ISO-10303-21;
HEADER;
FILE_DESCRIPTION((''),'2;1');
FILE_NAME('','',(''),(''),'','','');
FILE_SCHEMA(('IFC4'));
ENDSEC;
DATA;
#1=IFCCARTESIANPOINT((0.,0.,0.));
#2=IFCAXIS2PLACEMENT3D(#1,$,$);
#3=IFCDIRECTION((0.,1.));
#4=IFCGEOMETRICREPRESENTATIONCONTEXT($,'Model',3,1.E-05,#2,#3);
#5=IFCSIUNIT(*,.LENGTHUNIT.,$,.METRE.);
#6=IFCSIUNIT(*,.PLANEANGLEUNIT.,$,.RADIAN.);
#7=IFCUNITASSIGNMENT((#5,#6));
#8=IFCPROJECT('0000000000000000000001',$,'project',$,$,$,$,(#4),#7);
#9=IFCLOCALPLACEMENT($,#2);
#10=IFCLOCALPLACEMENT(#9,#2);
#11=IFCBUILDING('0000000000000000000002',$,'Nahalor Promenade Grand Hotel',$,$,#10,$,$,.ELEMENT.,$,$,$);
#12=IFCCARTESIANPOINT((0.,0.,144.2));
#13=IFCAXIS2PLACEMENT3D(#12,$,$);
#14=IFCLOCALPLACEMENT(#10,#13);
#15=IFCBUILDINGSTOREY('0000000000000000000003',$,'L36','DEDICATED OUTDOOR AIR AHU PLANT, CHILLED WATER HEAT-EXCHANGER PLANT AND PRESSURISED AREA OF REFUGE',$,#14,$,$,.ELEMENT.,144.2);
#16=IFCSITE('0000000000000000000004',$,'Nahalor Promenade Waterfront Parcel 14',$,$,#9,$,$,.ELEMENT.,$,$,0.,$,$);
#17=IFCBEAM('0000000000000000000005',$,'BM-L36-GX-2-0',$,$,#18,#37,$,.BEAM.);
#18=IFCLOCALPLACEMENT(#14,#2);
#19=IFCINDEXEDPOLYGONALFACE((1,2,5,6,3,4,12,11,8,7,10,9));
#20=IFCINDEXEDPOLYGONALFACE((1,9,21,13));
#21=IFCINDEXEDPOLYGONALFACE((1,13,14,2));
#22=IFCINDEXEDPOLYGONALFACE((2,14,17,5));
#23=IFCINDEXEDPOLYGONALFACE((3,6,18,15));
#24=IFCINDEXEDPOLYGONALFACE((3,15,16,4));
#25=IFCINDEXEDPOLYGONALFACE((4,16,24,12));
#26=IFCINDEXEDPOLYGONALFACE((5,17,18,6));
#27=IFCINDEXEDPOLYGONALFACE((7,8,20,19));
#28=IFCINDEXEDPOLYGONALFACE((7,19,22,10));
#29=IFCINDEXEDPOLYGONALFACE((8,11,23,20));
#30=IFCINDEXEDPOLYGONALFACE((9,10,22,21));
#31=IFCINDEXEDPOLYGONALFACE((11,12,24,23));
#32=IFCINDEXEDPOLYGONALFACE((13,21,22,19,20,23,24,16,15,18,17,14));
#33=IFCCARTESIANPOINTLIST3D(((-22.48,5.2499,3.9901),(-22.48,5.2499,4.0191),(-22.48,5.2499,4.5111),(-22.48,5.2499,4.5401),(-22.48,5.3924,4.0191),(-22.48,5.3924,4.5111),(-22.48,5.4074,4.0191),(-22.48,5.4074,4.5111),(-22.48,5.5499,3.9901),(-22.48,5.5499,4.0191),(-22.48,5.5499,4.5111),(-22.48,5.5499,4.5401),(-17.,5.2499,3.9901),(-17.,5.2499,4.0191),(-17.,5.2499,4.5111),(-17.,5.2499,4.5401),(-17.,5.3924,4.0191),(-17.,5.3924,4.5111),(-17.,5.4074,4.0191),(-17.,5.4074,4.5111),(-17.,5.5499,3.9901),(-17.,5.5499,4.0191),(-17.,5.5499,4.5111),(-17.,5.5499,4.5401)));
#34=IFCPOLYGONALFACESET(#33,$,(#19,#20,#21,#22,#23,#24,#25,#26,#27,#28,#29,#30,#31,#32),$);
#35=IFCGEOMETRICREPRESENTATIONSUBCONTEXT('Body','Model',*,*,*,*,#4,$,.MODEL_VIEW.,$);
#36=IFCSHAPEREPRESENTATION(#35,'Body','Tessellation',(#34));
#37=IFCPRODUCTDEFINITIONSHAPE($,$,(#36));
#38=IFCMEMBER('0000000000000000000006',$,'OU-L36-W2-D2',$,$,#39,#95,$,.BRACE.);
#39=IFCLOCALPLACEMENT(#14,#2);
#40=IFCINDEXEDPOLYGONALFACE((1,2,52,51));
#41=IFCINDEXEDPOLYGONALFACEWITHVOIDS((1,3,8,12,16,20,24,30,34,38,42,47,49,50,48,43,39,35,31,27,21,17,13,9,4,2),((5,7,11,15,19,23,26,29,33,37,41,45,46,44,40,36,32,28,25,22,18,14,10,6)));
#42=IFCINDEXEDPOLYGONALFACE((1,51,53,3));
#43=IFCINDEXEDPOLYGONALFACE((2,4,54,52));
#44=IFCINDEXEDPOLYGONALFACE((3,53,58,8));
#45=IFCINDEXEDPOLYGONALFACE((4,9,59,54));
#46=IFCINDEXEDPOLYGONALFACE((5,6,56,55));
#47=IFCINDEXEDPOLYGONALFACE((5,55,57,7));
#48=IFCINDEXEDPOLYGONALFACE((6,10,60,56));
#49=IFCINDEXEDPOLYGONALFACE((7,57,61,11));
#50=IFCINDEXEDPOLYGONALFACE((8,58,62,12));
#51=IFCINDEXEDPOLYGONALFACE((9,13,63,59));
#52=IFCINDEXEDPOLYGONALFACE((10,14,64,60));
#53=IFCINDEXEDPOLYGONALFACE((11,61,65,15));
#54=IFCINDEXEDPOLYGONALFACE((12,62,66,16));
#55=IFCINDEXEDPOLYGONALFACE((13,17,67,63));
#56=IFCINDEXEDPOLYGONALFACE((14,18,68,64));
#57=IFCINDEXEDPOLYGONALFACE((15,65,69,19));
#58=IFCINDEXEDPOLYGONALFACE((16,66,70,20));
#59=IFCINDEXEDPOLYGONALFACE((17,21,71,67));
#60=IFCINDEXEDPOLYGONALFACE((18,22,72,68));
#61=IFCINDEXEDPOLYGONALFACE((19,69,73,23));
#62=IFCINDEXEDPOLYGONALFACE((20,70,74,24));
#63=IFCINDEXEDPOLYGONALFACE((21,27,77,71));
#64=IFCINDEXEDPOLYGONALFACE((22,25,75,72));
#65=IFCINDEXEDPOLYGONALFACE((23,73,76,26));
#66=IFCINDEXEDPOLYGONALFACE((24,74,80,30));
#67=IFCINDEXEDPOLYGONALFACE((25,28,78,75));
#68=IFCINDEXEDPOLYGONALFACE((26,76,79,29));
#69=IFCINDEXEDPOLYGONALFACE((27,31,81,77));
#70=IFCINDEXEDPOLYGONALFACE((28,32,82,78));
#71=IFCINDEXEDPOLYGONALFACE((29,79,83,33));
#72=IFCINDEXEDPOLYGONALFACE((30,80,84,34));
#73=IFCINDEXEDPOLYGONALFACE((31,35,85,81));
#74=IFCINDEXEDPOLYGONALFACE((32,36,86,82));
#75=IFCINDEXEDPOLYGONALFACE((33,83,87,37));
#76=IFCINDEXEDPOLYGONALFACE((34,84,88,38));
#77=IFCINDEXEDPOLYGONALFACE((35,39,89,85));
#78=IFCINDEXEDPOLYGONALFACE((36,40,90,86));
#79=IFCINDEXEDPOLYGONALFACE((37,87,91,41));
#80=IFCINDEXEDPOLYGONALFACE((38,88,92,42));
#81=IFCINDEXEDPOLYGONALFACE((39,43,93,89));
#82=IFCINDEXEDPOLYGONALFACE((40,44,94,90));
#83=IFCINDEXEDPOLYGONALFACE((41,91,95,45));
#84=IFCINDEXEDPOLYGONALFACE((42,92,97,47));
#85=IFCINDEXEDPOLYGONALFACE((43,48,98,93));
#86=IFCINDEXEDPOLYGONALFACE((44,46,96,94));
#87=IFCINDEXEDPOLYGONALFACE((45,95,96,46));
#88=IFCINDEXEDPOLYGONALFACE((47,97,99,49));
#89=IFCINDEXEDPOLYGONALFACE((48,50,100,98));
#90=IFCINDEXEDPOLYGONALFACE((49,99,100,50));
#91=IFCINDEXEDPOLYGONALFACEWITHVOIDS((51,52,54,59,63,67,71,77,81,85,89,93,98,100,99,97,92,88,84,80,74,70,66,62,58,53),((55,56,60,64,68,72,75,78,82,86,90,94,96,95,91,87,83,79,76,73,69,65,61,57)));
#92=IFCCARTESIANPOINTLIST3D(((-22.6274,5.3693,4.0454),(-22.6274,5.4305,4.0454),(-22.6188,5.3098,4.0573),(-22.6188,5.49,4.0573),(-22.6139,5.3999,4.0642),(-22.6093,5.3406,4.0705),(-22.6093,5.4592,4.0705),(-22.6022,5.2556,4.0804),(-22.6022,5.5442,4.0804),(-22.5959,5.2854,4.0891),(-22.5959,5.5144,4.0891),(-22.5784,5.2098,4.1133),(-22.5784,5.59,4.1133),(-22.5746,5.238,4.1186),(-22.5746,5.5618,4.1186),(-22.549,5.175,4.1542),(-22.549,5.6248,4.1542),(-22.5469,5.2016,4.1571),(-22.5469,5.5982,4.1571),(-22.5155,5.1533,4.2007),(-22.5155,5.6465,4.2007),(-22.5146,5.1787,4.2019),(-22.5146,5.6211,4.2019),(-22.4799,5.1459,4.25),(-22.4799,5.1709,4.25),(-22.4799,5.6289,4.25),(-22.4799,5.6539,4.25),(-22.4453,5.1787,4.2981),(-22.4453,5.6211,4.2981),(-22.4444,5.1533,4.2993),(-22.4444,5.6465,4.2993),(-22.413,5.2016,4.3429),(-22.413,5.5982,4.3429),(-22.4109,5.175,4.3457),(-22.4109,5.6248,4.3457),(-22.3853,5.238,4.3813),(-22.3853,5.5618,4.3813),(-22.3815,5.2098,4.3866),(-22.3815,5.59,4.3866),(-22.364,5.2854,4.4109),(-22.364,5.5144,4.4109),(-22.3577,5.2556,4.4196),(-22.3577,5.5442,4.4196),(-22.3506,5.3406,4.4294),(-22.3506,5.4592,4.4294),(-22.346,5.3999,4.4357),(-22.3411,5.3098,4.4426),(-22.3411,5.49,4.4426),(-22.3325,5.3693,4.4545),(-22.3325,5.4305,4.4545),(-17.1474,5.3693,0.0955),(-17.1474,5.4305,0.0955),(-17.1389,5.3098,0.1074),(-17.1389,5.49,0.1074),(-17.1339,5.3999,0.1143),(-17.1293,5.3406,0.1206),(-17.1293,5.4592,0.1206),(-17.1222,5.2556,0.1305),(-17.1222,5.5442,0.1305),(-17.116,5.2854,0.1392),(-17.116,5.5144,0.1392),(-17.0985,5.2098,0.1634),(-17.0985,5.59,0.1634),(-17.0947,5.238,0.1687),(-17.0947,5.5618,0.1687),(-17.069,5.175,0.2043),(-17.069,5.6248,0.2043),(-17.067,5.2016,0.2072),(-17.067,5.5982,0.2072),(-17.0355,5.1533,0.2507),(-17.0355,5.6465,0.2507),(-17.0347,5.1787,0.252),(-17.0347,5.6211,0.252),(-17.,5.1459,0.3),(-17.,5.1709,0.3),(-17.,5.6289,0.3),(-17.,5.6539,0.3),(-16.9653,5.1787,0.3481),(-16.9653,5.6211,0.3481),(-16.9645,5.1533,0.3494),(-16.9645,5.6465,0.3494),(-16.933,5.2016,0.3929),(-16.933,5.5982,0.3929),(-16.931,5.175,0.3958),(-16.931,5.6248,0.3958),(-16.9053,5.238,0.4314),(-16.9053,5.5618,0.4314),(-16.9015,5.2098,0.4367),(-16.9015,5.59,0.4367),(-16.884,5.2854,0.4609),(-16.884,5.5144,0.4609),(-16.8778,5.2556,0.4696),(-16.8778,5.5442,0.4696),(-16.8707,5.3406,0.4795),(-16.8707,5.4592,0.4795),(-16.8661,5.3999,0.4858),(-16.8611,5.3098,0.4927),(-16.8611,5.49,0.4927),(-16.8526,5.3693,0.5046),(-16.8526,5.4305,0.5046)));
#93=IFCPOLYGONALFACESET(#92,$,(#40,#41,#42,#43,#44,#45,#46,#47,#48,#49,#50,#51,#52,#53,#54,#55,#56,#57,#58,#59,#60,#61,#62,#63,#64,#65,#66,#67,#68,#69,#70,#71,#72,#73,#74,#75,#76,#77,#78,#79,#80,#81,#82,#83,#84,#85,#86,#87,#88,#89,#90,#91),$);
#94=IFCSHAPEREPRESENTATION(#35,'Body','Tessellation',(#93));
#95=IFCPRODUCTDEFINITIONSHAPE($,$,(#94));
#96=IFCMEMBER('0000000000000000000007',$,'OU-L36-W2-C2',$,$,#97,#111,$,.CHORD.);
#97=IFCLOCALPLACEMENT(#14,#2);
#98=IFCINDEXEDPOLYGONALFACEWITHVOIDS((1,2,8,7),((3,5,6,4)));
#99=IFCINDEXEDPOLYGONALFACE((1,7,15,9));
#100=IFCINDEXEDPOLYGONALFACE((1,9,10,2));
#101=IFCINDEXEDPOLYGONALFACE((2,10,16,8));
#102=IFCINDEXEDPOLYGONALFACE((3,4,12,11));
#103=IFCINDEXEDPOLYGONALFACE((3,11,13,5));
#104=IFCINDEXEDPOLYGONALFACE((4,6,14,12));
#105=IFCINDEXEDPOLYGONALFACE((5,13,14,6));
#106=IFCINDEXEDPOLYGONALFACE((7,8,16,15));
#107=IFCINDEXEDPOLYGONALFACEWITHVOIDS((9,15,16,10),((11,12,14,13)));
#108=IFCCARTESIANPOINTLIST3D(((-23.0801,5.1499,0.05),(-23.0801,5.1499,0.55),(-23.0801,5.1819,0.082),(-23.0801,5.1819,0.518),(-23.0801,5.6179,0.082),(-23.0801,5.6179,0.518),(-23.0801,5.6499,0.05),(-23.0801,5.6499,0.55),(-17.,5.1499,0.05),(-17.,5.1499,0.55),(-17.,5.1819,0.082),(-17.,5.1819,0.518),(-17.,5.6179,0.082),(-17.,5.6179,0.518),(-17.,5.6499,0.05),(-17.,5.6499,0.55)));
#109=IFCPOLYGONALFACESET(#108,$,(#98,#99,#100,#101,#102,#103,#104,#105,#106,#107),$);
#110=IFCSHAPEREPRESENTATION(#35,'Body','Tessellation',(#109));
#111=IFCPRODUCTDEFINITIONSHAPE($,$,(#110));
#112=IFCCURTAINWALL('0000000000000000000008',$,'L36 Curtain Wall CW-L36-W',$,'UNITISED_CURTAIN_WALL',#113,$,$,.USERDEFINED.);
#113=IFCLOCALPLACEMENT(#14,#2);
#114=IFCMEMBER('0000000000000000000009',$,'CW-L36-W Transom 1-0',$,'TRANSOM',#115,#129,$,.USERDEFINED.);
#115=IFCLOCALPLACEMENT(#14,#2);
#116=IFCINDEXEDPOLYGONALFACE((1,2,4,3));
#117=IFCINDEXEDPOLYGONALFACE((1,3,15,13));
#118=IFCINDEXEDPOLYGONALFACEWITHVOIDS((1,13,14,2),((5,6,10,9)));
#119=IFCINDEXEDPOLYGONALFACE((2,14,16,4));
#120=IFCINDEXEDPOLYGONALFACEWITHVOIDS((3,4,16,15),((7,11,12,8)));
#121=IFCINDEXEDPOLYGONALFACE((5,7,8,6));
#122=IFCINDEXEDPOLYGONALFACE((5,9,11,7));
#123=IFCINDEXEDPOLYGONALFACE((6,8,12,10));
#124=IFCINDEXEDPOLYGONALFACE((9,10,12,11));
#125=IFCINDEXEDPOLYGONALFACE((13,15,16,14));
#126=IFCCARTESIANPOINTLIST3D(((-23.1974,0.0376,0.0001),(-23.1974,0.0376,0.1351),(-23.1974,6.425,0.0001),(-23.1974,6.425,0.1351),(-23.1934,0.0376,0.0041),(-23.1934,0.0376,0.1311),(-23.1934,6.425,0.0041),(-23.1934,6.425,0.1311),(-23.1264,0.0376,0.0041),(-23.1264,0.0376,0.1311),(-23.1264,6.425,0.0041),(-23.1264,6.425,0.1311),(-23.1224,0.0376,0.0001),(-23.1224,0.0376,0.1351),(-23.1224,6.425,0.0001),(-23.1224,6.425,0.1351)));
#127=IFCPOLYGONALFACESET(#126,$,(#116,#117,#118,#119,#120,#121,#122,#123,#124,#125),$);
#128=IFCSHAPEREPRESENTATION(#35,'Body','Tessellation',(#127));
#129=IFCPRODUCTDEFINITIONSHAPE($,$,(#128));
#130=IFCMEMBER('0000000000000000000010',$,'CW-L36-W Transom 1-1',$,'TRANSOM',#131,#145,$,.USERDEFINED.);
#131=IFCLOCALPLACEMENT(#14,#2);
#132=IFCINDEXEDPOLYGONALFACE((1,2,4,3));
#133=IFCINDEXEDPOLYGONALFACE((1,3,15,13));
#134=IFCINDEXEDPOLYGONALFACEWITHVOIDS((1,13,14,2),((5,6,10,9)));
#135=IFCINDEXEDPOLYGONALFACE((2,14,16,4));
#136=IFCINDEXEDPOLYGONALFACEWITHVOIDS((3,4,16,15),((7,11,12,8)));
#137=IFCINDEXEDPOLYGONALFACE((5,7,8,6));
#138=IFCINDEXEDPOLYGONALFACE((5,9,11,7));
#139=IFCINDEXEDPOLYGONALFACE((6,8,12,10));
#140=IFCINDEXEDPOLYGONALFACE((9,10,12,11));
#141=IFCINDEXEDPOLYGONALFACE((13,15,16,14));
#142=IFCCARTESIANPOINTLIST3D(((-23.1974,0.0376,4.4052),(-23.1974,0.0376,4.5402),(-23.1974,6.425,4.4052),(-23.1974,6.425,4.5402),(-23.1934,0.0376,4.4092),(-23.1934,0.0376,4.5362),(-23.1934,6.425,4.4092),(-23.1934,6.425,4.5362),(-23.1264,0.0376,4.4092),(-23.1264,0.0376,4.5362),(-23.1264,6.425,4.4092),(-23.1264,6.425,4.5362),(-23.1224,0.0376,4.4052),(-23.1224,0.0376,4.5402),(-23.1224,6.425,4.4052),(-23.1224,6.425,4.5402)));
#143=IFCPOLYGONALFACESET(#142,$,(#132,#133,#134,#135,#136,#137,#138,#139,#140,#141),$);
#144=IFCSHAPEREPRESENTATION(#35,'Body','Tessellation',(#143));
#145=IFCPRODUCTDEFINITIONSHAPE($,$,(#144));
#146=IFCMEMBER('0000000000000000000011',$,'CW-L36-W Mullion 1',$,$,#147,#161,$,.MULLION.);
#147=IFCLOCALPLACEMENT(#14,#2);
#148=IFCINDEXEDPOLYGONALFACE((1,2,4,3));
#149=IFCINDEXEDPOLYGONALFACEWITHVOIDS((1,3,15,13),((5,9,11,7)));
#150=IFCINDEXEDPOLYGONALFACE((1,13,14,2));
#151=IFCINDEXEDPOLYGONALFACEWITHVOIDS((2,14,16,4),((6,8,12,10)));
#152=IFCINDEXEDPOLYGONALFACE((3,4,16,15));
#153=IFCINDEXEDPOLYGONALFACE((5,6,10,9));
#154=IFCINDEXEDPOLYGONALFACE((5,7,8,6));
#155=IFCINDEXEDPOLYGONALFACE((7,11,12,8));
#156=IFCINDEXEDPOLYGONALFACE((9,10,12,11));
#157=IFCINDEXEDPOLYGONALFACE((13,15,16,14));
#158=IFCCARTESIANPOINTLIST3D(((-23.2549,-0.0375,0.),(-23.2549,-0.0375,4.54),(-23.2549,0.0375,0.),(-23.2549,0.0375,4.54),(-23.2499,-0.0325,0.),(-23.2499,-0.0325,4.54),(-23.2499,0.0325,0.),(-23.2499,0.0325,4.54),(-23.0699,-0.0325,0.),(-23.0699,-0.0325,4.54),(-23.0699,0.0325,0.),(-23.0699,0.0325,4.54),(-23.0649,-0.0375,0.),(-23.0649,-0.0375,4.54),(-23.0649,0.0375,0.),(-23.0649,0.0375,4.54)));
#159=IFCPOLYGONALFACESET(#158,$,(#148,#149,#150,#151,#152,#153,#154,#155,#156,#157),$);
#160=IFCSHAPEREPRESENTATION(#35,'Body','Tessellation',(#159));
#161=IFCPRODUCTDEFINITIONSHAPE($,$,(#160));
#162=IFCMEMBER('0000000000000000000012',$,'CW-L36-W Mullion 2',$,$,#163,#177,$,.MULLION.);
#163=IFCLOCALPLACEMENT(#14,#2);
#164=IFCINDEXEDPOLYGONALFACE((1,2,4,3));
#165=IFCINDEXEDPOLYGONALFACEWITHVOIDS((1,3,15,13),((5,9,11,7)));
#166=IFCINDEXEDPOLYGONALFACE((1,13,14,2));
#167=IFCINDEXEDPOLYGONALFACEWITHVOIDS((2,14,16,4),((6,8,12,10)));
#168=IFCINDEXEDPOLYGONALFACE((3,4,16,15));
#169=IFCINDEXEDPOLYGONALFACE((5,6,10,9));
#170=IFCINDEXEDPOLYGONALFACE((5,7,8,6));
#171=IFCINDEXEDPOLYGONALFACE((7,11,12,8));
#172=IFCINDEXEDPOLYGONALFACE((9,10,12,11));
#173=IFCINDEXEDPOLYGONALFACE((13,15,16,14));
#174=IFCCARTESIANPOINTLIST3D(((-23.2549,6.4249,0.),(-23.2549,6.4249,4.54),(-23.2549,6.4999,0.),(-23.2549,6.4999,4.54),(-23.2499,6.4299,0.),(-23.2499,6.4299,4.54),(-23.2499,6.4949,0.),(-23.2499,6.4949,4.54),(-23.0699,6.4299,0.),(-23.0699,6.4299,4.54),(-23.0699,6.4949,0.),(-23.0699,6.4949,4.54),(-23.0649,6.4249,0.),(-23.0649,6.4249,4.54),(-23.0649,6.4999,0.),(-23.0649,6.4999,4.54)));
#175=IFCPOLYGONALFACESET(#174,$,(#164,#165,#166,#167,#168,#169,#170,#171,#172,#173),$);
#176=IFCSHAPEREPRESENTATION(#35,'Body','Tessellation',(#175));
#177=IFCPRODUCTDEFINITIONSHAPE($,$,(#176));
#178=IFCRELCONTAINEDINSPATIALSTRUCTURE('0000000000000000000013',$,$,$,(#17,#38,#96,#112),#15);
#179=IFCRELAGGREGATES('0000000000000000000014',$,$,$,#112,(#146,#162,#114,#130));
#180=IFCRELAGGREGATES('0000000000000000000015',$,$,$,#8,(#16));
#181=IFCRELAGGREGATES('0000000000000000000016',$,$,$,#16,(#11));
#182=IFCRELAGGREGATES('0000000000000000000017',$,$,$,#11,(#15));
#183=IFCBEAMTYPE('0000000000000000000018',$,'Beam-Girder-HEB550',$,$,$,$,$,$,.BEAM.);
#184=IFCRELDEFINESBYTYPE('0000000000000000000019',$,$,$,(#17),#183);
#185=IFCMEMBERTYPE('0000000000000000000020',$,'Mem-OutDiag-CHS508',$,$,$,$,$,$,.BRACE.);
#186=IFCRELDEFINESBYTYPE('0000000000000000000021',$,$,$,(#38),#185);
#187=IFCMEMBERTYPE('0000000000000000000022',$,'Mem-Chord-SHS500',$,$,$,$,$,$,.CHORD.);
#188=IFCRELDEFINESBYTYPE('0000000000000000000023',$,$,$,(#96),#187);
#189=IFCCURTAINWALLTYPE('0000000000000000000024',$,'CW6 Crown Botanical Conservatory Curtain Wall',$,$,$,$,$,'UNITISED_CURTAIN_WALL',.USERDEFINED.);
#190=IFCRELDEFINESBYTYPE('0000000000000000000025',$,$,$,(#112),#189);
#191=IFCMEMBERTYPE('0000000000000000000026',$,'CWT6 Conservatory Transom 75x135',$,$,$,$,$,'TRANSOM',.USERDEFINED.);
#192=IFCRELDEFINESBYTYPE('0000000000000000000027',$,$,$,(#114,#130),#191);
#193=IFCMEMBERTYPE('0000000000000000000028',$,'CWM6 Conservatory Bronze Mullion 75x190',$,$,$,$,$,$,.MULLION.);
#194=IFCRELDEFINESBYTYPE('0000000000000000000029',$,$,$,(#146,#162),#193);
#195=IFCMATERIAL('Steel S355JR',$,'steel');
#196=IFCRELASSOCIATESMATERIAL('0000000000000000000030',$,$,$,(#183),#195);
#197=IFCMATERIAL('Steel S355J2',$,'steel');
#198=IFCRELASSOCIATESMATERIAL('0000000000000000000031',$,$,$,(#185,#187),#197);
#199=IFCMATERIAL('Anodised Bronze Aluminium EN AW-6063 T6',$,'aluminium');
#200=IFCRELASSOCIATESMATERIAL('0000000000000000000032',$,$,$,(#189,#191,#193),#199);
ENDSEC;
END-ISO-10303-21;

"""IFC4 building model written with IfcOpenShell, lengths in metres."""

from ifc_helpers import new_model, si_unit, direction, frame, origin, origin_2d, place, context, subcontext, project, spatial, hollow_rectangle, hollow_circle, i_section, extrude, source, transform, mapped, material, material_profile, profile_set, type_object, element, aggregate, save


model = new_model("IFC4")

# Units and contexts
model_context = context("Model", 3, precision=1e-05, world=origin(), true_north=direction((0.0, 1.0)))
body_context = subcontext(model_context, "Body", "Model", "MODEL_VIEW")
ifc_project = project(units=[si_unit("LENGTHUNIT", "METRE"), si_unit("PLANEANGLEUNIT", "RADIAN")], contexts=[model_context])

# Site, building, storey
site_placement = place(None, origin())
site = spatial("IfcSite", under=ifc_project, at=site_placement, Name="Nahalor Promenade Waterfront Parcel 14", CompositionType="ELEMENT", RefElevation=0.0)
building_placement = place(site_placement, origin())
building = spatial("IfcBuilding", under=site, at=building_placement, Name="Nahalor Promenade Grand Hotel", CompositionType="ELEMENT")
storey_placement = place(building_placement, frame((0.0, 0.0, 144.2)))
storey = spatial("IfcBuildingStorey", under=building, at=storey_placement, Name="L36", Description="DEDICATED OUTDOOR AIR AHU PLANT, CHILLED WATER HEAT-EXCHANGER PLANT AND PRESSURISED AREA OF REFUGE", CompositionType="ELEMENT", Elevation=144.2)

# Shared definitions
ifc_material_1 = material(Name="Steel S355J2", Category="steel")

# Beam
ifc_material_2 = material(Name="Steel S355JR", Category="steel")
ifc_material_profile_1 = material_profile(ifc_material_2, i_section(OverallWidth=0.3, OverallDepth=0.55, WebThickness=0.015, FlangeThickness=0.029, at=origin_2d()), Name="HEB 550")
ifc_profile_set_1 = profile_set([ifc_material_profile_1], Name="Steel S355JR")
beam_type_1 = type_object("IfcBeamType", Name="Beam-Girder-HEB550", PredefinedType="BEAM", material=ifc_profile_set_1)
shared_shape_1 = source(origin(), body_context, "Body", "SweptSolid", [
    extrude(i_section(OverallWidth=0.3, OverallDepth=0.55, WebThickness=0.015, FlangeThickness=0.029, at=origin_2d()), origin(), (0.0, 0.0, 1.0), 5.48),
])
beam_1_placement = place(storey_placement, frame((-22.48, 5.3999, 4.2651), z_axis=(1.0, 0.0, 0.0), x_axis=(0.0, 1.0, 0.0)))
element("IfcBeam", 1, at=beam_1_placement, inside=storey, type_object=beam_type_1, Name="BM-L36-GX-2-0", PredefinedType="BEAM", context=body_context, shape_type="MappedRepresentation", body=[
    mapped(shared_shape_1, transform((0.0, 0.0, 0.0), scale=1.0)),
])

# Members
ifc_material_profile_2 = material_profile(ifc_material_1, hollow_circle(Radius=0.254, WallThickness=0.025, at=origin_2d()), Name="CHS 508x25")
ifc_profile_set_2 = profile_set([ifc_material_profile_2], Name="Steel S355J2")
member_type_1 = type_object("IfcMemberType", Name="Mem-OutDiag-CHS508", PredefinedType="BRACE", material=ifc_profile_set_2)
shared_shape_2 = source(origin(), body_context, "Body", "SweptSolid", [
    extrude(hollow_circle(Radius=0.254, WallThickness=0.025, at=origin_2d()), origin(), (0.0, 0.0, 1.0), 6.7551),
])
member_1_placement = place(storey_placement, frame((-17.0, 5.3999, 0.3), z_axis=(-0.811228, 0.0, 0.58473), x_axis=(0.0, -1.0, 0.0)))
element("IfcMember", 2, at=member_1_placement, inside=storey, type_object=member_type_1, Name="OU-L36-W2-D2", PredefinedType="BRACE", context=body_context, shape_type="MappedRepresentation", body=[
    mapped(shared_shape_2, transform((0.0, 0.0, 0.0), scale=1.0)),
])
ifc_material_profile_3 = material_profile(ifc_material_1, hollow_rectangle(XDim=0.5, YDim=0.5, WallThickness=0.032, at=origin_2d()), Name="SHS 500x500x32")
ifc_profile_set_3 = profile_set([ifc_material_profile_3], Name="Steel S355J2")
member_type_2 = type_object("IfcMemberType", Name="Mem-Chord-SHS500", PredefinedType="CHORD", material=ifc_profile_set_3)
shared_shape_3 = source(origin(), body_context, "Body", "SweptSolid", [
    extrude(hollow_rectangle(XDim=0.5, YDim=0.5, WallThickness=0.032, at=origin_2d()), origin(), (0.0, 0.0, 1.0), 6.0801),
])
member_2_placement = place(storey_placement, frame((-17.0, 5.3999, 0.3), z_axis=(-1.0, 0.0, 0.0), x_axis=(0.0, -1.0, 0.0)))
element("IfcMember", 3, at=member_2_placement, inside=storey, type_object=member_type_2, Name="OU-L36-W2-C2", PredefinedType="CHORD", context=body_context, shape_type="MappedRepresentation", body=[
    mapped(shared_shape_3, transform((0.0, 0.0, 0.0), scale=1.0)),
])

# Curtain wall, members
ifc_material_3 = material(Name="Anodised Bronze Aluminium EN AW-6063 T6", Category="aluminium")
curtain_wall_type = type_object("IfcCurtainWallType", Name="CW6 Crown Botanical Conservatory Curtain Wall", ElementType="UNITISED_CURTAIN_WALL", PredefinedType="USERDEFINED", material=ifc_material_3)
curtain_wall_placement = place(storey_placement, origin())
curtain_wall = element("IfcCurtainWall", 4, at=curtain_wall_placement, inside=storey, type_object=curtain_wall_type, Name="L36 Curtain Wall CW-L36-W", ObjectType="UNITISED_CURTAIN_WALL", PredefinedType="USERDEFINED")
ifc_material_profile_4 = material_profile(ifc_material_3, hollow_rectangle(XDim=0.075, YDim=0.135, WallThickness=0.004, at=origin_2d()), Name="CWT 75x135x4")
ifc_profile_set_4 = profile_set([ifc_material_profile_4], Name="Anodised Bronze Aluminium EN AW-6063 T6")
member_type_3 = type_object("IfcMemberType", Name="CWT6 Conservatory Transom 75x135", ElementType="TRANSOM", PredefinedType="USERDEFINED", material=ifc_profile_set_4)
shared_shape_4 = source(origin(), body_context, "Body", "SweptSolid", [
    extrude(hollow_rectangle(XDim=0.075, YDim=0.135, WallThickness=0.004, at=origin_2d()), origin(), (0.0, 0.0, 1.0), 6.3875),
])
member_3_placement = place(storey_placement, frame((-23.1599, 0.0376, 0.0676), z_axis=(0.0, 1.0, 0.0), x_axis=(-1.0, 0.0, 0.0)))
member_3 = element("IfcMember", 5, at=member_3_placement, type_object=member_type_3, Name="CW-L36-W Transom 1-0", ObjectType="TRANSOM", PredefinedType="USERDEFINED", context=body_context, shape_type="MappedRepresentation", body=[
    mapped(shared_shape_4, transform((0.0, 0.0, 0.0), scale=1.0)),
])
member_4_placement = place(storey_placement, frame((-23.1599, 0.0376, 4.4727), z_axis=(0.0, 1.0, 0.0), x_axis=(-1.0, 0.0, 0.0)))
member_4 = element("IfcMember", 6, at=member_4_placement, type_object=member_type_3, Name="CW-L36-W Transom 1-1", ObjectType="TRANSOM", PredefinedType="USERDEFINED", context=body_context, shape_type="MappedRepresentation", body=[
    mapped(shared_shape_4, transform((0.0, 0.0, 0.0), scale=1.0)),
])
ifc_material_profile_5 = material_profile(ifc_material_3, hollow_rectangle(XDim=0.075, YDim=0.19, WallThickness=0.005, at=origin_2d()), Name="CWM 75x190x5")
ifc_profile_set_5 = profile_set([ifc_material_profile_5], Name="Anodised Bronze Aluminium EN AW-6063 T6")
member_type_4 = type_object("IfcMemberType", Name="CWM6 Conservatory Bronze Mullion 75x190", PredefinedType="MULLION", material=ifc_profile_set_5)
shared_shape_5 = source(origin(), body_context, "Body", "SweptSolid", [
    extrude(hollow_rectangle(XDim=0.075, YDim=0.19, WallThickness=0.005, at=origin_2d()), origin(), (0.0, 0.0, 1.0), 4.54),
])
member_5_placement = place(storey_placement, frame((-23.1599, 0.0, 0.0), z_axis=(0.0, 0.0, 1.0), x_axis=(0.0, 1.0, 0.0)))
member_5 = element("IfcMember", 7, at=member_5_placement, type_object=member_type_4, Name="CW-L36-W Mullion 1", PredefinedType="MULLION", context=body_context, shape_type="MappedRepresentation", body=[
    mapped(shared_shape_5, transform((0.0, 0.0, 0.0), scale=1.0)),
])
member_6_placement = place(storey_placement, frame((-23.1599, 6.4624, 0.0), z_axis=(0.0, 0.0, 1.0), x_axis=(0.0, 1.0, 0.0)))
member_6 = element("IfcMember", 8, at=member_6_placement, type_object=member_type_4, Name="CW-L36-W Mullion 2", PredefinedType="MULLION", context=body_context, shape_type="MappedRepresentation", body=[
    mapped(shared_shape_5, transform((0.0, 0.0, 0.0), scale=1.0)),
])

aggregate(curtain_wall, [member_5, member_6, member_3, member_4])

save(model, "model.ifc")
